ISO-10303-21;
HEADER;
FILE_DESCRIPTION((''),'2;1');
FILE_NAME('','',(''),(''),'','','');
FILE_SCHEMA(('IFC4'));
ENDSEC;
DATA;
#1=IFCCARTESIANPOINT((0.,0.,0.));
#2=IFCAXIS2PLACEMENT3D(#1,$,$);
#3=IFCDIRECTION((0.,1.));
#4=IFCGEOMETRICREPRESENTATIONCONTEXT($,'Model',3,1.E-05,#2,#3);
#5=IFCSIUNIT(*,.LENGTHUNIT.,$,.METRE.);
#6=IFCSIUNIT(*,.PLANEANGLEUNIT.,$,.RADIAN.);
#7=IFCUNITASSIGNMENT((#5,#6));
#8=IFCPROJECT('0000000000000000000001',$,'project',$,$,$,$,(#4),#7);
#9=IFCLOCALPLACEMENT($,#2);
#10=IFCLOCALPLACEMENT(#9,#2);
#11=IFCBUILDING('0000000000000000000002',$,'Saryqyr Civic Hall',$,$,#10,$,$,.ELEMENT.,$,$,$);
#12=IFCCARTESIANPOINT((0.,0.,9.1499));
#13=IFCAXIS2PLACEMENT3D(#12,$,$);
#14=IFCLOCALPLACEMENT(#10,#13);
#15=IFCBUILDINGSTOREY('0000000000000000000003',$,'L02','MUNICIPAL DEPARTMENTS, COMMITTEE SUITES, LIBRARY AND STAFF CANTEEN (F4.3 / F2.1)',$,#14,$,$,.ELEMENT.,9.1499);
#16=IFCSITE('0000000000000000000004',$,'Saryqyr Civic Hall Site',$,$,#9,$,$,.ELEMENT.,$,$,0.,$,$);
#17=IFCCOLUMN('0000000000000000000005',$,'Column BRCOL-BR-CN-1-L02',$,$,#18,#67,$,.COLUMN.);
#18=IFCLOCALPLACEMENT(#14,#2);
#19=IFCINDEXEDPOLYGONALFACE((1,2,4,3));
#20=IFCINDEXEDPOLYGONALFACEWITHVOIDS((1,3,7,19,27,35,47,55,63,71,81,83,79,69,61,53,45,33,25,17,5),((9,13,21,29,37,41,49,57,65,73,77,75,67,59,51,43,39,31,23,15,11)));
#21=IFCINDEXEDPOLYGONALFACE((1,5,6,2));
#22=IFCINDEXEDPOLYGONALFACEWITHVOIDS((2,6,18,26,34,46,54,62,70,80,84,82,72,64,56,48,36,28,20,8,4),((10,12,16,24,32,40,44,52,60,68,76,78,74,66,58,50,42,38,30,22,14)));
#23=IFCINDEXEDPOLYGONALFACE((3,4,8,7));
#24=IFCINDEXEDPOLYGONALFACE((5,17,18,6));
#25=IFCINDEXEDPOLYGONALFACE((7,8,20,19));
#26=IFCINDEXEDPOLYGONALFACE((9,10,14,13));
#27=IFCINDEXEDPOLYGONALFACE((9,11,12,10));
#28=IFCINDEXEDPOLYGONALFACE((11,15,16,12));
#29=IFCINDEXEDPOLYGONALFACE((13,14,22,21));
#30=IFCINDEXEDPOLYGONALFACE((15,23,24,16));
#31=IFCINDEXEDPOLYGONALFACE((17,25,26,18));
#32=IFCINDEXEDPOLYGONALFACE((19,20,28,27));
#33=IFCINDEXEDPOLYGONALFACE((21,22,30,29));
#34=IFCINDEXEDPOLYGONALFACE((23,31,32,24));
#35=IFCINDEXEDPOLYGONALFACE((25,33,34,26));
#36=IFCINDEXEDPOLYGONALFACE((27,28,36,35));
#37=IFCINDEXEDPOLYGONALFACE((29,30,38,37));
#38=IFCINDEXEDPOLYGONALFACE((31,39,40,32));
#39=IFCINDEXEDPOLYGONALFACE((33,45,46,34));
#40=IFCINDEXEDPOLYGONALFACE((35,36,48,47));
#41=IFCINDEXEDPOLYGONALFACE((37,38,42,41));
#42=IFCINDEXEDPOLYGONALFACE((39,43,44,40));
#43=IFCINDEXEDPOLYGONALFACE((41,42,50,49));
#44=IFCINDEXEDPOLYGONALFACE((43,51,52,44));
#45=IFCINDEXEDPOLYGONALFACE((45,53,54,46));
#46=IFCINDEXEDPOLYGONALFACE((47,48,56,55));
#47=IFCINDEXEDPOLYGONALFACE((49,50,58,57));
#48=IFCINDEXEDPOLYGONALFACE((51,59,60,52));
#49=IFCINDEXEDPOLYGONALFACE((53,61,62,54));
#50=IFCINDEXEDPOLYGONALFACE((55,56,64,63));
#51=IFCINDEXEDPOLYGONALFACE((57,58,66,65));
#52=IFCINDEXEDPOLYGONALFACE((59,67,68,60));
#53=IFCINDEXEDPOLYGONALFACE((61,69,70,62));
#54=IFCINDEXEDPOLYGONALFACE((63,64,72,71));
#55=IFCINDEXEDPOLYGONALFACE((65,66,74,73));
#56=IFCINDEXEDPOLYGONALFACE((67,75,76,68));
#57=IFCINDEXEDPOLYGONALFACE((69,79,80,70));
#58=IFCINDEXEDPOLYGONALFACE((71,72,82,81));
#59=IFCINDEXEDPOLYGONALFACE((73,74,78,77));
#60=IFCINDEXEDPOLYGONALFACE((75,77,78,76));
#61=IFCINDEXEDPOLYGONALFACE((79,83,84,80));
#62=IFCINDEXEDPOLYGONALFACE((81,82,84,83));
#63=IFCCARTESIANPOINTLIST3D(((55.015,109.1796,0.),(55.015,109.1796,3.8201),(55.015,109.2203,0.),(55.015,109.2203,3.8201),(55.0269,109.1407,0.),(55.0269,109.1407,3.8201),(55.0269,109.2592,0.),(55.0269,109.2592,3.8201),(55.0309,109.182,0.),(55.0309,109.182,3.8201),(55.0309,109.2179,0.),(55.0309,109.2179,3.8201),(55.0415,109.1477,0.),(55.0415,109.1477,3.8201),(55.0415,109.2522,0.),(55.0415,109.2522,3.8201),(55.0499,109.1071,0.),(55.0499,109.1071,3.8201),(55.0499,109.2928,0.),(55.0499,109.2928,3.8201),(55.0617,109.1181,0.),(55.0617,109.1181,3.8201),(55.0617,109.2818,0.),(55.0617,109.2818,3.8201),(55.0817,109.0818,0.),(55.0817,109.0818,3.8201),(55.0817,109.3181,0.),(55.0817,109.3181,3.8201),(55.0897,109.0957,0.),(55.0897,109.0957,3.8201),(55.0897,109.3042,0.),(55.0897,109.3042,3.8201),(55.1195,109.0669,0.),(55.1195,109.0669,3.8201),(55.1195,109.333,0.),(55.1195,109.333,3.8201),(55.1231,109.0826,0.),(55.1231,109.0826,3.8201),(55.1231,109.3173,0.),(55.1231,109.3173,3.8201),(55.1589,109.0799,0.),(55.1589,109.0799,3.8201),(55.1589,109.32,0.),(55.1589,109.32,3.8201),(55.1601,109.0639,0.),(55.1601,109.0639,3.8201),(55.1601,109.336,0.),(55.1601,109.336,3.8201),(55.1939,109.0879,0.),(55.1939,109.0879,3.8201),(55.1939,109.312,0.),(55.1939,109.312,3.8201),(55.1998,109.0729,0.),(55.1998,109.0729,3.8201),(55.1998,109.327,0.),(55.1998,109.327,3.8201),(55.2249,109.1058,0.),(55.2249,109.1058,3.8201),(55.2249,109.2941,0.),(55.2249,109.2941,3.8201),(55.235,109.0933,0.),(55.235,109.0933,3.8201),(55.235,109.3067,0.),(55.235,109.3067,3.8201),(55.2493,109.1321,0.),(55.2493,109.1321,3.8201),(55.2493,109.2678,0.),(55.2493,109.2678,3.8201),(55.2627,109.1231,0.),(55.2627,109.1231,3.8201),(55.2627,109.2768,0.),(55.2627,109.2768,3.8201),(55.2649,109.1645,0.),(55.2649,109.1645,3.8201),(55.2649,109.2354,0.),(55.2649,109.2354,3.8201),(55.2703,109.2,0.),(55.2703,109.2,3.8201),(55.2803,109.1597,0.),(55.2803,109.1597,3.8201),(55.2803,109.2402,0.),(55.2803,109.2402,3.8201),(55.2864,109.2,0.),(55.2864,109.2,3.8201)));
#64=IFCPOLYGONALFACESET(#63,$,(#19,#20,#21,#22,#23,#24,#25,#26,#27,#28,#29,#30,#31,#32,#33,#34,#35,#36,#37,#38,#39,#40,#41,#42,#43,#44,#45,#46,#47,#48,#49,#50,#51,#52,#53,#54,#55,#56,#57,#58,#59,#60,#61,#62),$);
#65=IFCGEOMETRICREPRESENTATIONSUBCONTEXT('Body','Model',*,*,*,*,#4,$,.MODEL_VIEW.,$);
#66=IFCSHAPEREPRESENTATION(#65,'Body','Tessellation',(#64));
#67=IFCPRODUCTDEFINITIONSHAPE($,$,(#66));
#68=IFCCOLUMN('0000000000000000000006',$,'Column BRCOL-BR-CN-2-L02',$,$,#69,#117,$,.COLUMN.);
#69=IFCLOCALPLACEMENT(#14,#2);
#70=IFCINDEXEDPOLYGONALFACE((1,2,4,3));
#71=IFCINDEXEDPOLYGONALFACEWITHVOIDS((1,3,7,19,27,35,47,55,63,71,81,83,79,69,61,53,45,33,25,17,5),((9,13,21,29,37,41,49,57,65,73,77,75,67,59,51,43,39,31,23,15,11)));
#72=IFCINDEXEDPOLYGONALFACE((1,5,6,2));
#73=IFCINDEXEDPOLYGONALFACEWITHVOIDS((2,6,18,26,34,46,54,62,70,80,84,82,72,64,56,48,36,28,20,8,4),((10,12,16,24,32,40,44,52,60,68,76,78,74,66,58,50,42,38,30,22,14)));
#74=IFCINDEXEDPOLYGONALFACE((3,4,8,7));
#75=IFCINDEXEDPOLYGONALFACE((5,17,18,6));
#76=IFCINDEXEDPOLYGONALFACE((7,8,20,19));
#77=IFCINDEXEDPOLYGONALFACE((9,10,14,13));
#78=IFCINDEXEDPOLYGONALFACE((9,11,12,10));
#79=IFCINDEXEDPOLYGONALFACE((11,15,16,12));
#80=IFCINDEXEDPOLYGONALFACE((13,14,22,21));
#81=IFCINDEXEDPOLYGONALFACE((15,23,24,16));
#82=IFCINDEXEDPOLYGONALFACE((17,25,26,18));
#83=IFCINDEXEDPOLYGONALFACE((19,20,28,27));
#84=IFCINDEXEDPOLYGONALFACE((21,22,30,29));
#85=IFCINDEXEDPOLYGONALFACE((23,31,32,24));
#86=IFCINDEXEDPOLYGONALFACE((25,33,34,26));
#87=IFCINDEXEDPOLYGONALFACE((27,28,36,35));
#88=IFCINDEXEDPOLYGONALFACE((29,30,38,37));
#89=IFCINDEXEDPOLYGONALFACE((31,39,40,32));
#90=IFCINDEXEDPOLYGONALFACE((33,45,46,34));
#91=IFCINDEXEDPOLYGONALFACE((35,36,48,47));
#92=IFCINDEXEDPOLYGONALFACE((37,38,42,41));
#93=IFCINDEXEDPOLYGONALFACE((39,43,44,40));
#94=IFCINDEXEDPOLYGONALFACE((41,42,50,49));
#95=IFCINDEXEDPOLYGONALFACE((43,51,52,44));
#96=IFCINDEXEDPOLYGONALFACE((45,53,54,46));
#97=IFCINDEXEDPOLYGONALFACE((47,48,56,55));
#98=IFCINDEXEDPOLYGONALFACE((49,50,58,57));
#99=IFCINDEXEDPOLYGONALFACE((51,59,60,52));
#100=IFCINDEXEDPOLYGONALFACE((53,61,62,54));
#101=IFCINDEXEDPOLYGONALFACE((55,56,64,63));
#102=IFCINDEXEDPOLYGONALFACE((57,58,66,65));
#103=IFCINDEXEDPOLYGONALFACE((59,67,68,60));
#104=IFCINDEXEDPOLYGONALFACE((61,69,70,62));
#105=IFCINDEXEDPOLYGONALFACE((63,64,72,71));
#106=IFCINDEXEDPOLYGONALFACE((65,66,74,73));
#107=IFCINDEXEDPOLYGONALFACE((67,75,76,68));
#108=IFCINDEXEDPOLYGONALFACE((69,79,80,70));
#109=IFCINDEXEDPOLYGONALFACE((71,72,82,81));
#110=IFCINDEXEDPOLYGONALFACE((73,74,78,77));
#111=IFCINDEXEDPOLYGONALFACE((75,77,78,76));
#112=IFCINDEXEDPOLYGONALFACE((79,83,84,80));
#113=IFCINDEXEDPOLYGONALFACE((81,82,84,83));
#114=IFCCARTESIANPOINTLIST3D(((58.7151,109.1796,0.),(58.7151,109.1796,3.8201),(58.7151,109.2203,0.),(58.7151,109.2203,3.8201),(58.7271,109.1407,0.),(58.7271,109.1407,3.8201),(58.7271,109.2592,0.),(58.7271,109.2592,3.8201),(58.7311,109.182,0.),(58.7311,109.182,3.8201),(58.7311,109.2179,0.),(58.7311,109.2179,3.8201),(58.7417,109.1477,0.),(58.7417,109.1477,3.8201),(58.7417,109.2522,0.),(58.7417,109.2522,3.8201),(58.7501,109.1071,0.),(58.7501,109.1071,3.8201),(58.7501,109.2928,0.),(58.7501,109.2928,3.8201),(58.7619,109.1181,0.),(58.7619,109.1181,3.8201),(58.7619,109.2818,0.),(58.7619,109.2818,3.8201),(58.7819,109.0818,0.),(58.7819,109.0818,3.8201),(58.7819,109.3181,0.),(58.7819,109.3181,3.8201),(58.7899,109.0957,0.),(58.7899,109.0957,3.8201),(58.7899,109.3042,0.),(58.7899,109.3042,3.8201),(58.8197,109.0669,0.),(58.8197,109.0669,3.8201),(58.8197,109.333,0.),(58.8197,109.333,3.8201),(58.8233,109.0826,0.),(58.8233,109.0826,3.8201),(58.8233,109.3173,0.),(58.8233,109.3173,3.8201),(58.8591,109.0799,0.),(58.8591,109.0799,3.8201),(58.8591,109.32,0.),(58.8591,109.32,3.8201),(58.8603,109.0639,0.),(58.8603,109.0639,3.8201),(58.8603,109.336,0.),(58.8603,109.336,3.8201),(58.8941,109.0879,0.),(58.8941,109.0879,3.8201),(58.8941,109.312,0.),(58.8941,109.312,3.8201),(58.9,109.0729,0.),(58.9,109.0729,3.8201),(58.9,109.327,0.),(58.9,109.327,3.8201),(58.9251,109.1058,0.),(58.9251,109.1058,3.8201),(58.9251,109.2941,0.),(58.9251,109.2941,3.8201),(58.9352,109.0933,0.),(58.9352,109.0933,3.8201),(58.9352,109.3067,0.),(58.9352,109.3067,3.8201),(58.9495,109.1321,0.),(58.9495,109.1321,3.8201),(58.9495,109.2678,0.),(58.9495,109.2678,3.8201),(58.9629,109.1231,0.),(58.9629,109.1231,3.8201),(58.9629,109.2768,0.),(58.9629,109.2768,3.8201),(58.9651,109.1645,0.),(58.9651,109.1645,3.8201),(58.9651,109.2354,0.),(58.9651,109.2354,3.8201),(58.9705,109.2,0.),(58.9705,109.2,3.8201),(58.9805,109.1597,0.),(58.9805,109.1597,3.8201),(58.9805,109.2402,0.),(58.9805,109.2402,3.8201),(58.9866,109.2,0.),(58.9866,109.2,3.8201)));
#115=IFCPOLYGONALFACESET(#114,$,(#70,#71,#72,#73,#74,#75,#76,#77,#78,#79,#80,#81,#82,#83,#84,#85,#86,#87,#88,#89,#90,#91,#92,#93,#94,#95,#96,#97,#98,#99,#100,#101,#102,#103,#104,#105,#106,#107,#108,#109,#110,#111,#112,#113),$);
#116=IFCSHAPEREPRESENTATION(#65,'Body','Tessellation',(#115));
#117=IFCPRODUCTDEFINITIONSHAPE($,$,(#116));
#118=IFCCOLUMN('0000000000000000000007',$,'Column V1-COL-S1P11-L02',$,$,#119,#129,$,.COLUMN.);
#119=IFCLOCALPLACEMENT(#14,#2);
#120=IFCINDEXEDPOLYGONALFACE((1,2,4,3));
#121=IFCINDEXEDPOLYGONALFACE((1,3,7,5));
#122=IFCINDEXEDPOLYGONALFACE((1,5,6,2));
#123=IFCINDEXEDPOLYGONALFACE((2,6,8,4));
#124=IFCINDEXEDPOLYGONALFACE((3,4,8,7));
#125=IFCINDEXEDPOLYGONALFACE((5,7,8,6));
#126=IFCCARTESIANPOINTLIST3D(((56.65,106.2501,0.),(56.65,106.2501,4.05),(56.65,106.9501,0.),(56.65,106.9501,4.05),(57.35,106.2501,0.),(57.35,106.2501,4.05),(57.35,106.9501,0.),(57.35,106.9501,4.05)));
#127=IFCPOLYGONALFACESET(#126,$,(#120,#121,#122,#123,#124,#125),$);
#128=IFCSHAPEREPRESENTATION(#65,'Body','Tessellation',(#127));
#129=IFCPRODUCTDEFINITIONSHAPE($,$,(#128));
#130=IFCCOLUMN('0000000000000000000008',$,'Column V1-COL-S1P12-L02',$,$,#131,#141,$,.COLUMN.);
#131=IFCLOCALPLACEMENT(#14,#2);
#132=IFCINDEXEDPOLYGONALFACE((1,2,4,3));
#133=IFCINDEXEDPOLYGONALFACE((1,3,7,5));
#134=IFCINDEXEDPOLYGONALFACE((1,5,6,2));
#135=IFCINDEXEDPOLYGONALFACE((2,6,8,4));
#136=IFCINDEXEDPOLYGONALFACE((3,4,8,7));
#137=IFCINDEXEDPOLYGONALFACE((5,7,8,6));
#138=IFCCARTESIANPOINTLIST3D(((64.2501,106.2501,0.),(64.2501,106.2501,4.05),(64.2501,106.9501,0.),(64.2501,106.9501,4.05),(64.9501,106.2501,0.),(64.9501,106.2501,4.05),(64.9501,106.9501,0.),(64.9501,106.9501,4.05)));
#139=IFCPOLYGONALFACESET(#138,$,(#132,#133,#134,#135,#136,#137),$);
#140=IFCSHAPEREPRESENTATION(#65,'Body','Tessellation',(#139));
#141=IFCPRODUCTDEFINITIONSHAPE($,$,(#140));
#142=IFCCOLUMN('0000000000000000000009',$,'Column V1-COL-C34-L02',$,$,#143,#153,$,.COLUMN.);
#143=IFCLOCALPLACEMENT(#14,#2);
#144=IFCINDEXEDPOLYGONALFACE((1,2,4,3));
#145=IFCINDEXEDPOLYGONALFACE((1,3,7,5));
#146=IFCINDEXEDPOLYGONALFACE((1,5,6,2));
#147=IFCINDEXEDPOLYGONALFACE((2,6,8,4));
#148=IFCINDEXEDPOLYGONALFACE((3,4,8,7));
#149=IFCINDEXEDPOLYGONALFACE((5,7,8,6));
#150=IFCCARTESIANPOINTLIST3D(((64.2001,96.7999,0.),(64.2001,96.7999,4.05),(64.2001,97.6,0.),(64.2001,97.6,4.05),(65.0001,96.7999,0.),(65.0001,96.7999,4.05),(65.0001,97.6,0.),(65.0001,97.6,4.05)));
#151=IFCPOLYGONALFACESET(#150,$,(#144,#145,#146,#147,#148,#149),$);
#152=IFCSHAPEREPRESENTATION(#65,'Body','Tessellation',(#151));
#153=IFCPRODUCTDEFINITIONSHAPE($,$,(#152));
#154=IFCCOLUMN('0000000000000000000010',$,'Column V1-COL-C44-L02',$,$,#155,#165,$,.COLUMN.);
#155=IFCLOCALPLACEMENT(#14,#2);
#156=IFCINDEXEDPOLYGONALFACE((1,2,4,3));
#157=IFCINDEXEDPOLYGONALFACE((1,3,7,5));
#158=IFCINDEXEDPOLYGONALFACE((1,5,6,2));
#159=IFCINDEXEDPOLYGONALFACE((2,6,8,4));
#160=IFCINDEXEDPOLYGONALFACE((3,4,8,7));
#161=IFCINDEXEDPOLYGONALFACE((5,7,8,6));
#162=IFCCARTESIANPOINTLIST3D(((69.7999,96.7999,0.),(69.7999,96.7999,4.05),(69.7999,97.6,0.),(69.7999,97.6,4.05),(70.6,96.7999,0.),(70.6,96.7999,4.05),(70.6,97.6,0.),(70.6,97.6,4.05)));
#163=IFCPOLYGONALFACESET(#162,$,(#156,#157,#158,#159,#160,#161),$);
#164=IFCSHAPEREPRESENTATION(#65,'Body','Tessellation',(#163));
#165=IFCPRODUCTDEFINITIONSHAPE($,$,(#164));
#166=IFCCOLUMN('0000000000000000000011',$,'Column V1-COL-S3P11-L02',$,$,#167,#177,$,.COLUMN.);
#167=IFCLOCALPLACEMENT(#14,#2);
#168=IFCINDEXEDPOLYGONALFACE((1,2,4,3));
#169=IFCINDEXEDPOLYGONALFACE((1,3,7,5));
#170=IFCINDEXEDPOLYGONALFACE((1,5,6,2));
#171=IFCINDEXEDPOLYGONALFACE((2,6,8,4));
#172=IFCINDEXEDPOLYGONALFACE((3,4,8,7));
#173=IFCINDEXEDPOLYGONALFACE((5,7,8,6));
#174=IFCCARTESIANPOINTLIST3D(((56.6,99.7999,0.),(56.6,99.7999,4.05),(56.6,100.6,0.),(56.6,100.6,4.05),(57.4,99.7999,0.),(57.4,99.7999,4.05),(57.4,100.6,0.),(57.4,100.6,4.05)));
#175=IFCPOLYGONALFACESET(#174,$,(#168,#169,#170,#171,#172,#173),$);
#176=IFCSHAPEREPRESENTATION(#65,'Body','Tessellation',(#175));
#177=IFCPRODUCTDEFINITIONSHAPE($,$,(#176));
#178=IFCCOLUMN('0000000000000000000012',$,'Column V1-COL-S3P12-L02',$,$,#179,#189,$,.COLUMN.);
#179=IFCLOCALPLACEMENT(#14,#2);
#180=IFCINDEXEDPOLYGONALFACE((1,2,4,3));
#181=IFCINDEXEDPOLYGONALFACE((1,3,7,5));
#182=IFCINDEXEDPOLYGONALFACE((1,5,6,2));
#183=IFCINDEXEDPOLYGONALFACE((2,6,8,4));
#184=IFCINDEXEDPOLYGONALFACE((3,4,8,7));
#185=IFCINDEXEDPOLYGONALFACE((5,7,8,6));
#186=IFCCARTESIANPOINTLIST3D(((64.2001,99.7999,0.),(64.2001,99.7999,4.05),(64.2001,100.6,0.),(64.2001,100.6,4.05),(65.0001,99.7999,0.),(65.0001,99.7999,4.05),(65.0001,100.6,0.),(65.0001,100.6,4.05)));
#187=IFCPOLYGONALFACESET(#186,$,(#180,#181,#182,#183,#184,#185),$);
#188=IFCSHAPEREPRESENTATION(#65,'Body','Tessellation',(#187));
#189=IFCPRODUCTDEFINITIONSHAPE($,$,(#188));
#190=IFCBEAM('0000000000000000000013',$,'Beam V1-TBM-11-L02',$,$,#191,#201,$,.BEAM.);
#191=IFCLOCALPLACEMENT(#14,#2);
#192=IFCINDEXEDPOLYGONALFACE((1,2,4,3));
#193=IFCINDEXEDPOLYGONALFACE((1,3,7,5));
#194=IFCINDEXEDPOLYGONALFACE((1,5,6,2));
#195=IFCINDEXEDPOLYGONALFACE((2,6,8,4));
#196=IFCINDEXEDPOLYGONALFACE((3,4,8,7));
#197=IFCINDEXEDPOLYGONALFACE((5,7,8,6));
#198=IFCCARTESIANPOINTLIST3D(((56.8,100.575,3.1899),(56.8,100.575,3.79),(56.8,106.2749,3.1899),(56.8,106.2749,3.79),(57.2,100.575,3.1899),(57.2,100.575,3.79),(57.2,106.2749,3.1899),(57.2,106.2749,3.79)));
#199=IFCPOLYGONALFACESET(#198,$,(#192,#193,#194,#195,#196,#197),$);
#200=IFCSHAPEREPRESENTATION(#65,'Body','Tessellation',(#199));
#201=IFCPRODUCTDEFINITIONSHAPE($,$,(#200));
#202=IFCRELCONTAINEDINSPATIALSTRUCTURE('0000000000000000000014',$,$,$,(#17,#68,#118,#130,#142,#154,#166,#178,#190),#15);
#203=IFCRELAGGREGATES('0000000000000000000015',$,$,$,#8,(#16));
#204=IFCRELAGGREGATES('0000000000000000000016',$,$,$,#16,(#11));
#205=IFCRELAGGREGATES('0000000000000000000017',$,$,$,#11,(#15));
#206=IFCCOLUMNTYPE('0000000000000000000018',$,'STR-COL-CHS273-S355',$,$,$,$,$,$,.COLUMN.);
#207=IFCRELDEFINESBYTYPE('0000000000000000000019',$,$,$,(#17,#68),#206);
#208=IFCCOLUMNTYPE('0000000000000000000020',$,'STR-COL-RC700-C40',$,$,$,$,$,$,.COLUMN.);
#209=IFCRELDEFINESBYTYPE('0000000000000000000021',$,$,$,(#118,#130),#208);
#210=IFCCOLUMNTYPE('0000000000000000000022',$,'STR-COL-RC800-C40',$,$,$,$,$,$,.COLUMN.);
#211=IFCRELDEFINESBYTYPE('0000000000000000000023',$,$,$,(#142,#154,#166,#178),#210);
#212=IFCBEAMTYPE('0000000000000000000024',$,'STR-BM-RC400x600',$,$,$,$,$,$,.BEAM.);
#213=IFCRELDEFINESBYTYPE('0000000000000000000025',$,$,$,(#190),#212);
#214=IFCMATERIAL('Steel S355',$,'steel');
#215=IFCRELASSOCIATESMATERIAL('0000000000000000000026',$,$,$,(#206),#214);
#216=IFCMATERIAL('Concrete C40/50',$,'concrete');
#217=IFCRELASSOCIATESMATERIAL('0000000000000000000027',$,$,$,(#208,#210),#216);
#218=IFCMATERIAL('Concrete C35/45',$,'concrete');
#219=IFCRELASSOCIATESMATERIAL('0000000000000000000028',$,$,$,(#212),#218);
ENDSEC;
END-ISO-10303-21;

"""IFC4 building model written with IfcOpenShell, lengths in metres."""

from ifc_helpers import new_model, si_unit, direction, frame, origin, origin_2d, place, context, subcontext, project, spatial, rectangle, hollow_circle, extrude, material, material_profile, profile_set, type_object, element, save


model = new_model("IFC4")

# Units and contexts
model_context = context("Model", 3, precision=1e-05, world=origin(), true_north=direction((0.0, 1.0)))
body_context = subcontext(model_context, "Body", "Model", "MODEL_VIEW")
ifc_project = project(units=[si_unit("LENGTHUNIT", "METRE"), si_unit("PLANEANGLEUNIT", "RADIAN")], contexts=[model_context])

# Site, building, storey
site_placement = place(None, origin())
site = spatial("IfcSite", under=ifc_project, at=site_placement, Name="Saryqyr Civic Hall Site", CompositionType="ELEMENT", RefElevation=0.0)
building_placement = place(site_placement, origin())
building = spatial("IfcBuilding", under=site, at=building_placement, Name="Saryqyr Civic Hall", CompositionType="ELEMENT")
storey_placement = place(building_placement, frame((0.0, 0.0, 9.1499)))
storey = spatial("IfcBuildingStorey", under=building, at=storey_placement, Name="L02", Description="MUNICIPAL DEPARTMENTS, COMMITTEE SUITES, LIBRARY AND STAFF CANTEEN (F4.3 / F2.1)", CompositionType="ELEMENT", Elevation=9.1499)

# Columns
ifc_material_1 = material(Name="Steel S355", Category="steel")
ifc_material_profile_1 = material_profile(ifc_material_1, hollow_circle(Radius=0.1365, WallThickness=0.0161, at=origin_2d()), Name="CHS 273x16")
ifc_profile_set_1 = profile_set([ifc_material_profile_1], Name="Steel S355")
column_type_1 = type_object("IfcColumnType", Name="STR-COL-CHS273-S355", PredefinedType="COLUMN", material=ifc_profile_set_1)
for number, where, z_axis, x_axis, name in (
    (1, (55.1499, 109.2, 0.0), (0.0, 0.0, 1.0), (1.0, 0.0, 0.0), "Column BRCOL-BR-CN-1-L02"),
    (2, (58.8501, 109.2, 0.0), (0.0, 0.0, 1.0), (1.0, 0.0, 0.0), "Column BRCOL-BR-CN-2-L02"),
):
    element("IfcColumn", number, at=place(storey_placement, frame(where, z_axis=z_axis, x_axis=x_axis)), inside=storey, type_object=column_type_1, Name=name, PredefinedType="COLUMN", context=body_context, shape_type="SweptSolid", body=[
        extrude(hollow_circle(Radius=0.1365, WallThickness=0.0161, at=origin_2d()), origin(), (0.0, 0.0, 1.0), 3.8201),
    ])
ifc_material_2 = material(Name="Concrete C40/50", Category="concrete")
ifc_material_profile_2 = material_profile(ifc_material_2, rectangle(XDim=0.7, YDim=0.7, at=origin_2d()), Name="RC 700x700")
ifc_profile_set_2 = profile_set([ifc_material_profile_2], Name="Concrete C40/50")
column_type_2 = type_object("IfcColumnType", Name="STR-COL-RC700-C40", PredefinedType="COLUMN", material=ifc_profile_set_2)
for number, where, z_axis, x_axis, name in (
    (3, (57.0, 106.6001, 0.0), (0.0, 0.0, 1.0), (1.0, 0.0, 0.0), "Column V1-COL-S1P11-L02"),
    (4, (64.6001, 106.6001, 0.0), (0.0, 0.0, 1.0), (1.0, 0.0, 0.0), "Column V1-COL-S1P12-L02"),
):
    element("IfcColumn", number, at=place(storey_placement, frame(where, z_axis=z_axis, x_axis=x_axis)), inside=storey, type_object=column_type_2, Name=name, PredefinedType="COLUMN", context=body_context, shape_type="SweptSolid", body=[
        extrude(rectangle(XDim=0.7, YDim=0.7, at=origin_2d()), origin(), (0.0, 0.0, 1.0), 4.05),
    ])
ifc_material_profile_3 = material_profile(ifc_material_2, rectangle(XDim=0.8, YDim=0.8, at=origin_2d()), Name="RC 800x800")
ifc_profile_set_3 = profile_set([ifc_material_profile_3], Name="Concrete C40/50")
column_type_3 = type_object("IfcColumnType", Name="STR-COL-RC800-C40", PredefinedType="COLUMN", material=ifc_profile_set_3)
for number, where, z_axis, x_axis, name in (
    (5, (64.6001, 97.2, 0.0), (0.0, 0.0, 1.0), (1.0, 0.0, 0.0), "Column V1-COL-C34-L02"),
    (6, (70.2, 97.2, 0.0), (0.0, 0.0, 1.0), (1.0, 0.0, 0.0), "Column V1-COL-C44-L02"),
    (7, (57.0, 100.2, 0.0), (0.0, 0.0, 1.0), (1.0, 0.0, 0.0), "Column V1-COL-S3P11-L02"),
    (8, (64.6001, 100.2, 0.0), (0.0, 0.0, 1.0), (1.0, 0.0, 0.0), "Column V1-COL-S3P12-L02"),
):
    element("IfcColumn", number, at=place(storey_placement, frame(where, z_axis=z_axis, x_axis=x_axis)), inside=storey, type_object=column_type_3, Name=name, PredefinedType="COLUMN", context=body_context, shape_type="SweptSolid", body=[
        extrude(rectangle(XDim=0.8, YDim=0.8, at=origin_2d()), origin(), (0.0, 0.0, 1.0), 4.05),
    ])

# Beam
ifc_material_3 = material(Name="Concrete C35/45", Category="concrete")
ifc_material_profile_4 = material_profile(ifc_material_3, rectangle(XDim=0.3999, YDim=0.6001, at=origin_2d()), Name="RC 400x600")
ifc_profile_set_4 = profile_set([ifc_material_profile_4], Name="Concrete C35/45")
beam_type_1 = type_object("IfcBeamType", Name="STR-BM-RC400x600", PredefinedType="BEAM", material=ifc_profile_set_4)
for number, where, z_axis, x_axis, name in (
    (9, (57.0, 100.575, 3.49), (0.0, 1.0, 0.0), (-1.0, 0.0, 0.0), "Beam V1-TBM-11-L02"),
):
    element("IfcBeam", number, at=place(storey_placement, frame(where, z_axis=z_axis, x_axis=x_axis)), inside=storey, type_object=beam_type_1, Name=name, PredefinedType="BEAM", context=body_context, shape_type="SweptSolid", body=[
        extrude(rectangle(XDim=0.3999, YDim=0.6001, at=origin_2d()), origin(), (0.0, 0.0, 1.0), 5.7),
    ])

save(model, "model.ifc")
